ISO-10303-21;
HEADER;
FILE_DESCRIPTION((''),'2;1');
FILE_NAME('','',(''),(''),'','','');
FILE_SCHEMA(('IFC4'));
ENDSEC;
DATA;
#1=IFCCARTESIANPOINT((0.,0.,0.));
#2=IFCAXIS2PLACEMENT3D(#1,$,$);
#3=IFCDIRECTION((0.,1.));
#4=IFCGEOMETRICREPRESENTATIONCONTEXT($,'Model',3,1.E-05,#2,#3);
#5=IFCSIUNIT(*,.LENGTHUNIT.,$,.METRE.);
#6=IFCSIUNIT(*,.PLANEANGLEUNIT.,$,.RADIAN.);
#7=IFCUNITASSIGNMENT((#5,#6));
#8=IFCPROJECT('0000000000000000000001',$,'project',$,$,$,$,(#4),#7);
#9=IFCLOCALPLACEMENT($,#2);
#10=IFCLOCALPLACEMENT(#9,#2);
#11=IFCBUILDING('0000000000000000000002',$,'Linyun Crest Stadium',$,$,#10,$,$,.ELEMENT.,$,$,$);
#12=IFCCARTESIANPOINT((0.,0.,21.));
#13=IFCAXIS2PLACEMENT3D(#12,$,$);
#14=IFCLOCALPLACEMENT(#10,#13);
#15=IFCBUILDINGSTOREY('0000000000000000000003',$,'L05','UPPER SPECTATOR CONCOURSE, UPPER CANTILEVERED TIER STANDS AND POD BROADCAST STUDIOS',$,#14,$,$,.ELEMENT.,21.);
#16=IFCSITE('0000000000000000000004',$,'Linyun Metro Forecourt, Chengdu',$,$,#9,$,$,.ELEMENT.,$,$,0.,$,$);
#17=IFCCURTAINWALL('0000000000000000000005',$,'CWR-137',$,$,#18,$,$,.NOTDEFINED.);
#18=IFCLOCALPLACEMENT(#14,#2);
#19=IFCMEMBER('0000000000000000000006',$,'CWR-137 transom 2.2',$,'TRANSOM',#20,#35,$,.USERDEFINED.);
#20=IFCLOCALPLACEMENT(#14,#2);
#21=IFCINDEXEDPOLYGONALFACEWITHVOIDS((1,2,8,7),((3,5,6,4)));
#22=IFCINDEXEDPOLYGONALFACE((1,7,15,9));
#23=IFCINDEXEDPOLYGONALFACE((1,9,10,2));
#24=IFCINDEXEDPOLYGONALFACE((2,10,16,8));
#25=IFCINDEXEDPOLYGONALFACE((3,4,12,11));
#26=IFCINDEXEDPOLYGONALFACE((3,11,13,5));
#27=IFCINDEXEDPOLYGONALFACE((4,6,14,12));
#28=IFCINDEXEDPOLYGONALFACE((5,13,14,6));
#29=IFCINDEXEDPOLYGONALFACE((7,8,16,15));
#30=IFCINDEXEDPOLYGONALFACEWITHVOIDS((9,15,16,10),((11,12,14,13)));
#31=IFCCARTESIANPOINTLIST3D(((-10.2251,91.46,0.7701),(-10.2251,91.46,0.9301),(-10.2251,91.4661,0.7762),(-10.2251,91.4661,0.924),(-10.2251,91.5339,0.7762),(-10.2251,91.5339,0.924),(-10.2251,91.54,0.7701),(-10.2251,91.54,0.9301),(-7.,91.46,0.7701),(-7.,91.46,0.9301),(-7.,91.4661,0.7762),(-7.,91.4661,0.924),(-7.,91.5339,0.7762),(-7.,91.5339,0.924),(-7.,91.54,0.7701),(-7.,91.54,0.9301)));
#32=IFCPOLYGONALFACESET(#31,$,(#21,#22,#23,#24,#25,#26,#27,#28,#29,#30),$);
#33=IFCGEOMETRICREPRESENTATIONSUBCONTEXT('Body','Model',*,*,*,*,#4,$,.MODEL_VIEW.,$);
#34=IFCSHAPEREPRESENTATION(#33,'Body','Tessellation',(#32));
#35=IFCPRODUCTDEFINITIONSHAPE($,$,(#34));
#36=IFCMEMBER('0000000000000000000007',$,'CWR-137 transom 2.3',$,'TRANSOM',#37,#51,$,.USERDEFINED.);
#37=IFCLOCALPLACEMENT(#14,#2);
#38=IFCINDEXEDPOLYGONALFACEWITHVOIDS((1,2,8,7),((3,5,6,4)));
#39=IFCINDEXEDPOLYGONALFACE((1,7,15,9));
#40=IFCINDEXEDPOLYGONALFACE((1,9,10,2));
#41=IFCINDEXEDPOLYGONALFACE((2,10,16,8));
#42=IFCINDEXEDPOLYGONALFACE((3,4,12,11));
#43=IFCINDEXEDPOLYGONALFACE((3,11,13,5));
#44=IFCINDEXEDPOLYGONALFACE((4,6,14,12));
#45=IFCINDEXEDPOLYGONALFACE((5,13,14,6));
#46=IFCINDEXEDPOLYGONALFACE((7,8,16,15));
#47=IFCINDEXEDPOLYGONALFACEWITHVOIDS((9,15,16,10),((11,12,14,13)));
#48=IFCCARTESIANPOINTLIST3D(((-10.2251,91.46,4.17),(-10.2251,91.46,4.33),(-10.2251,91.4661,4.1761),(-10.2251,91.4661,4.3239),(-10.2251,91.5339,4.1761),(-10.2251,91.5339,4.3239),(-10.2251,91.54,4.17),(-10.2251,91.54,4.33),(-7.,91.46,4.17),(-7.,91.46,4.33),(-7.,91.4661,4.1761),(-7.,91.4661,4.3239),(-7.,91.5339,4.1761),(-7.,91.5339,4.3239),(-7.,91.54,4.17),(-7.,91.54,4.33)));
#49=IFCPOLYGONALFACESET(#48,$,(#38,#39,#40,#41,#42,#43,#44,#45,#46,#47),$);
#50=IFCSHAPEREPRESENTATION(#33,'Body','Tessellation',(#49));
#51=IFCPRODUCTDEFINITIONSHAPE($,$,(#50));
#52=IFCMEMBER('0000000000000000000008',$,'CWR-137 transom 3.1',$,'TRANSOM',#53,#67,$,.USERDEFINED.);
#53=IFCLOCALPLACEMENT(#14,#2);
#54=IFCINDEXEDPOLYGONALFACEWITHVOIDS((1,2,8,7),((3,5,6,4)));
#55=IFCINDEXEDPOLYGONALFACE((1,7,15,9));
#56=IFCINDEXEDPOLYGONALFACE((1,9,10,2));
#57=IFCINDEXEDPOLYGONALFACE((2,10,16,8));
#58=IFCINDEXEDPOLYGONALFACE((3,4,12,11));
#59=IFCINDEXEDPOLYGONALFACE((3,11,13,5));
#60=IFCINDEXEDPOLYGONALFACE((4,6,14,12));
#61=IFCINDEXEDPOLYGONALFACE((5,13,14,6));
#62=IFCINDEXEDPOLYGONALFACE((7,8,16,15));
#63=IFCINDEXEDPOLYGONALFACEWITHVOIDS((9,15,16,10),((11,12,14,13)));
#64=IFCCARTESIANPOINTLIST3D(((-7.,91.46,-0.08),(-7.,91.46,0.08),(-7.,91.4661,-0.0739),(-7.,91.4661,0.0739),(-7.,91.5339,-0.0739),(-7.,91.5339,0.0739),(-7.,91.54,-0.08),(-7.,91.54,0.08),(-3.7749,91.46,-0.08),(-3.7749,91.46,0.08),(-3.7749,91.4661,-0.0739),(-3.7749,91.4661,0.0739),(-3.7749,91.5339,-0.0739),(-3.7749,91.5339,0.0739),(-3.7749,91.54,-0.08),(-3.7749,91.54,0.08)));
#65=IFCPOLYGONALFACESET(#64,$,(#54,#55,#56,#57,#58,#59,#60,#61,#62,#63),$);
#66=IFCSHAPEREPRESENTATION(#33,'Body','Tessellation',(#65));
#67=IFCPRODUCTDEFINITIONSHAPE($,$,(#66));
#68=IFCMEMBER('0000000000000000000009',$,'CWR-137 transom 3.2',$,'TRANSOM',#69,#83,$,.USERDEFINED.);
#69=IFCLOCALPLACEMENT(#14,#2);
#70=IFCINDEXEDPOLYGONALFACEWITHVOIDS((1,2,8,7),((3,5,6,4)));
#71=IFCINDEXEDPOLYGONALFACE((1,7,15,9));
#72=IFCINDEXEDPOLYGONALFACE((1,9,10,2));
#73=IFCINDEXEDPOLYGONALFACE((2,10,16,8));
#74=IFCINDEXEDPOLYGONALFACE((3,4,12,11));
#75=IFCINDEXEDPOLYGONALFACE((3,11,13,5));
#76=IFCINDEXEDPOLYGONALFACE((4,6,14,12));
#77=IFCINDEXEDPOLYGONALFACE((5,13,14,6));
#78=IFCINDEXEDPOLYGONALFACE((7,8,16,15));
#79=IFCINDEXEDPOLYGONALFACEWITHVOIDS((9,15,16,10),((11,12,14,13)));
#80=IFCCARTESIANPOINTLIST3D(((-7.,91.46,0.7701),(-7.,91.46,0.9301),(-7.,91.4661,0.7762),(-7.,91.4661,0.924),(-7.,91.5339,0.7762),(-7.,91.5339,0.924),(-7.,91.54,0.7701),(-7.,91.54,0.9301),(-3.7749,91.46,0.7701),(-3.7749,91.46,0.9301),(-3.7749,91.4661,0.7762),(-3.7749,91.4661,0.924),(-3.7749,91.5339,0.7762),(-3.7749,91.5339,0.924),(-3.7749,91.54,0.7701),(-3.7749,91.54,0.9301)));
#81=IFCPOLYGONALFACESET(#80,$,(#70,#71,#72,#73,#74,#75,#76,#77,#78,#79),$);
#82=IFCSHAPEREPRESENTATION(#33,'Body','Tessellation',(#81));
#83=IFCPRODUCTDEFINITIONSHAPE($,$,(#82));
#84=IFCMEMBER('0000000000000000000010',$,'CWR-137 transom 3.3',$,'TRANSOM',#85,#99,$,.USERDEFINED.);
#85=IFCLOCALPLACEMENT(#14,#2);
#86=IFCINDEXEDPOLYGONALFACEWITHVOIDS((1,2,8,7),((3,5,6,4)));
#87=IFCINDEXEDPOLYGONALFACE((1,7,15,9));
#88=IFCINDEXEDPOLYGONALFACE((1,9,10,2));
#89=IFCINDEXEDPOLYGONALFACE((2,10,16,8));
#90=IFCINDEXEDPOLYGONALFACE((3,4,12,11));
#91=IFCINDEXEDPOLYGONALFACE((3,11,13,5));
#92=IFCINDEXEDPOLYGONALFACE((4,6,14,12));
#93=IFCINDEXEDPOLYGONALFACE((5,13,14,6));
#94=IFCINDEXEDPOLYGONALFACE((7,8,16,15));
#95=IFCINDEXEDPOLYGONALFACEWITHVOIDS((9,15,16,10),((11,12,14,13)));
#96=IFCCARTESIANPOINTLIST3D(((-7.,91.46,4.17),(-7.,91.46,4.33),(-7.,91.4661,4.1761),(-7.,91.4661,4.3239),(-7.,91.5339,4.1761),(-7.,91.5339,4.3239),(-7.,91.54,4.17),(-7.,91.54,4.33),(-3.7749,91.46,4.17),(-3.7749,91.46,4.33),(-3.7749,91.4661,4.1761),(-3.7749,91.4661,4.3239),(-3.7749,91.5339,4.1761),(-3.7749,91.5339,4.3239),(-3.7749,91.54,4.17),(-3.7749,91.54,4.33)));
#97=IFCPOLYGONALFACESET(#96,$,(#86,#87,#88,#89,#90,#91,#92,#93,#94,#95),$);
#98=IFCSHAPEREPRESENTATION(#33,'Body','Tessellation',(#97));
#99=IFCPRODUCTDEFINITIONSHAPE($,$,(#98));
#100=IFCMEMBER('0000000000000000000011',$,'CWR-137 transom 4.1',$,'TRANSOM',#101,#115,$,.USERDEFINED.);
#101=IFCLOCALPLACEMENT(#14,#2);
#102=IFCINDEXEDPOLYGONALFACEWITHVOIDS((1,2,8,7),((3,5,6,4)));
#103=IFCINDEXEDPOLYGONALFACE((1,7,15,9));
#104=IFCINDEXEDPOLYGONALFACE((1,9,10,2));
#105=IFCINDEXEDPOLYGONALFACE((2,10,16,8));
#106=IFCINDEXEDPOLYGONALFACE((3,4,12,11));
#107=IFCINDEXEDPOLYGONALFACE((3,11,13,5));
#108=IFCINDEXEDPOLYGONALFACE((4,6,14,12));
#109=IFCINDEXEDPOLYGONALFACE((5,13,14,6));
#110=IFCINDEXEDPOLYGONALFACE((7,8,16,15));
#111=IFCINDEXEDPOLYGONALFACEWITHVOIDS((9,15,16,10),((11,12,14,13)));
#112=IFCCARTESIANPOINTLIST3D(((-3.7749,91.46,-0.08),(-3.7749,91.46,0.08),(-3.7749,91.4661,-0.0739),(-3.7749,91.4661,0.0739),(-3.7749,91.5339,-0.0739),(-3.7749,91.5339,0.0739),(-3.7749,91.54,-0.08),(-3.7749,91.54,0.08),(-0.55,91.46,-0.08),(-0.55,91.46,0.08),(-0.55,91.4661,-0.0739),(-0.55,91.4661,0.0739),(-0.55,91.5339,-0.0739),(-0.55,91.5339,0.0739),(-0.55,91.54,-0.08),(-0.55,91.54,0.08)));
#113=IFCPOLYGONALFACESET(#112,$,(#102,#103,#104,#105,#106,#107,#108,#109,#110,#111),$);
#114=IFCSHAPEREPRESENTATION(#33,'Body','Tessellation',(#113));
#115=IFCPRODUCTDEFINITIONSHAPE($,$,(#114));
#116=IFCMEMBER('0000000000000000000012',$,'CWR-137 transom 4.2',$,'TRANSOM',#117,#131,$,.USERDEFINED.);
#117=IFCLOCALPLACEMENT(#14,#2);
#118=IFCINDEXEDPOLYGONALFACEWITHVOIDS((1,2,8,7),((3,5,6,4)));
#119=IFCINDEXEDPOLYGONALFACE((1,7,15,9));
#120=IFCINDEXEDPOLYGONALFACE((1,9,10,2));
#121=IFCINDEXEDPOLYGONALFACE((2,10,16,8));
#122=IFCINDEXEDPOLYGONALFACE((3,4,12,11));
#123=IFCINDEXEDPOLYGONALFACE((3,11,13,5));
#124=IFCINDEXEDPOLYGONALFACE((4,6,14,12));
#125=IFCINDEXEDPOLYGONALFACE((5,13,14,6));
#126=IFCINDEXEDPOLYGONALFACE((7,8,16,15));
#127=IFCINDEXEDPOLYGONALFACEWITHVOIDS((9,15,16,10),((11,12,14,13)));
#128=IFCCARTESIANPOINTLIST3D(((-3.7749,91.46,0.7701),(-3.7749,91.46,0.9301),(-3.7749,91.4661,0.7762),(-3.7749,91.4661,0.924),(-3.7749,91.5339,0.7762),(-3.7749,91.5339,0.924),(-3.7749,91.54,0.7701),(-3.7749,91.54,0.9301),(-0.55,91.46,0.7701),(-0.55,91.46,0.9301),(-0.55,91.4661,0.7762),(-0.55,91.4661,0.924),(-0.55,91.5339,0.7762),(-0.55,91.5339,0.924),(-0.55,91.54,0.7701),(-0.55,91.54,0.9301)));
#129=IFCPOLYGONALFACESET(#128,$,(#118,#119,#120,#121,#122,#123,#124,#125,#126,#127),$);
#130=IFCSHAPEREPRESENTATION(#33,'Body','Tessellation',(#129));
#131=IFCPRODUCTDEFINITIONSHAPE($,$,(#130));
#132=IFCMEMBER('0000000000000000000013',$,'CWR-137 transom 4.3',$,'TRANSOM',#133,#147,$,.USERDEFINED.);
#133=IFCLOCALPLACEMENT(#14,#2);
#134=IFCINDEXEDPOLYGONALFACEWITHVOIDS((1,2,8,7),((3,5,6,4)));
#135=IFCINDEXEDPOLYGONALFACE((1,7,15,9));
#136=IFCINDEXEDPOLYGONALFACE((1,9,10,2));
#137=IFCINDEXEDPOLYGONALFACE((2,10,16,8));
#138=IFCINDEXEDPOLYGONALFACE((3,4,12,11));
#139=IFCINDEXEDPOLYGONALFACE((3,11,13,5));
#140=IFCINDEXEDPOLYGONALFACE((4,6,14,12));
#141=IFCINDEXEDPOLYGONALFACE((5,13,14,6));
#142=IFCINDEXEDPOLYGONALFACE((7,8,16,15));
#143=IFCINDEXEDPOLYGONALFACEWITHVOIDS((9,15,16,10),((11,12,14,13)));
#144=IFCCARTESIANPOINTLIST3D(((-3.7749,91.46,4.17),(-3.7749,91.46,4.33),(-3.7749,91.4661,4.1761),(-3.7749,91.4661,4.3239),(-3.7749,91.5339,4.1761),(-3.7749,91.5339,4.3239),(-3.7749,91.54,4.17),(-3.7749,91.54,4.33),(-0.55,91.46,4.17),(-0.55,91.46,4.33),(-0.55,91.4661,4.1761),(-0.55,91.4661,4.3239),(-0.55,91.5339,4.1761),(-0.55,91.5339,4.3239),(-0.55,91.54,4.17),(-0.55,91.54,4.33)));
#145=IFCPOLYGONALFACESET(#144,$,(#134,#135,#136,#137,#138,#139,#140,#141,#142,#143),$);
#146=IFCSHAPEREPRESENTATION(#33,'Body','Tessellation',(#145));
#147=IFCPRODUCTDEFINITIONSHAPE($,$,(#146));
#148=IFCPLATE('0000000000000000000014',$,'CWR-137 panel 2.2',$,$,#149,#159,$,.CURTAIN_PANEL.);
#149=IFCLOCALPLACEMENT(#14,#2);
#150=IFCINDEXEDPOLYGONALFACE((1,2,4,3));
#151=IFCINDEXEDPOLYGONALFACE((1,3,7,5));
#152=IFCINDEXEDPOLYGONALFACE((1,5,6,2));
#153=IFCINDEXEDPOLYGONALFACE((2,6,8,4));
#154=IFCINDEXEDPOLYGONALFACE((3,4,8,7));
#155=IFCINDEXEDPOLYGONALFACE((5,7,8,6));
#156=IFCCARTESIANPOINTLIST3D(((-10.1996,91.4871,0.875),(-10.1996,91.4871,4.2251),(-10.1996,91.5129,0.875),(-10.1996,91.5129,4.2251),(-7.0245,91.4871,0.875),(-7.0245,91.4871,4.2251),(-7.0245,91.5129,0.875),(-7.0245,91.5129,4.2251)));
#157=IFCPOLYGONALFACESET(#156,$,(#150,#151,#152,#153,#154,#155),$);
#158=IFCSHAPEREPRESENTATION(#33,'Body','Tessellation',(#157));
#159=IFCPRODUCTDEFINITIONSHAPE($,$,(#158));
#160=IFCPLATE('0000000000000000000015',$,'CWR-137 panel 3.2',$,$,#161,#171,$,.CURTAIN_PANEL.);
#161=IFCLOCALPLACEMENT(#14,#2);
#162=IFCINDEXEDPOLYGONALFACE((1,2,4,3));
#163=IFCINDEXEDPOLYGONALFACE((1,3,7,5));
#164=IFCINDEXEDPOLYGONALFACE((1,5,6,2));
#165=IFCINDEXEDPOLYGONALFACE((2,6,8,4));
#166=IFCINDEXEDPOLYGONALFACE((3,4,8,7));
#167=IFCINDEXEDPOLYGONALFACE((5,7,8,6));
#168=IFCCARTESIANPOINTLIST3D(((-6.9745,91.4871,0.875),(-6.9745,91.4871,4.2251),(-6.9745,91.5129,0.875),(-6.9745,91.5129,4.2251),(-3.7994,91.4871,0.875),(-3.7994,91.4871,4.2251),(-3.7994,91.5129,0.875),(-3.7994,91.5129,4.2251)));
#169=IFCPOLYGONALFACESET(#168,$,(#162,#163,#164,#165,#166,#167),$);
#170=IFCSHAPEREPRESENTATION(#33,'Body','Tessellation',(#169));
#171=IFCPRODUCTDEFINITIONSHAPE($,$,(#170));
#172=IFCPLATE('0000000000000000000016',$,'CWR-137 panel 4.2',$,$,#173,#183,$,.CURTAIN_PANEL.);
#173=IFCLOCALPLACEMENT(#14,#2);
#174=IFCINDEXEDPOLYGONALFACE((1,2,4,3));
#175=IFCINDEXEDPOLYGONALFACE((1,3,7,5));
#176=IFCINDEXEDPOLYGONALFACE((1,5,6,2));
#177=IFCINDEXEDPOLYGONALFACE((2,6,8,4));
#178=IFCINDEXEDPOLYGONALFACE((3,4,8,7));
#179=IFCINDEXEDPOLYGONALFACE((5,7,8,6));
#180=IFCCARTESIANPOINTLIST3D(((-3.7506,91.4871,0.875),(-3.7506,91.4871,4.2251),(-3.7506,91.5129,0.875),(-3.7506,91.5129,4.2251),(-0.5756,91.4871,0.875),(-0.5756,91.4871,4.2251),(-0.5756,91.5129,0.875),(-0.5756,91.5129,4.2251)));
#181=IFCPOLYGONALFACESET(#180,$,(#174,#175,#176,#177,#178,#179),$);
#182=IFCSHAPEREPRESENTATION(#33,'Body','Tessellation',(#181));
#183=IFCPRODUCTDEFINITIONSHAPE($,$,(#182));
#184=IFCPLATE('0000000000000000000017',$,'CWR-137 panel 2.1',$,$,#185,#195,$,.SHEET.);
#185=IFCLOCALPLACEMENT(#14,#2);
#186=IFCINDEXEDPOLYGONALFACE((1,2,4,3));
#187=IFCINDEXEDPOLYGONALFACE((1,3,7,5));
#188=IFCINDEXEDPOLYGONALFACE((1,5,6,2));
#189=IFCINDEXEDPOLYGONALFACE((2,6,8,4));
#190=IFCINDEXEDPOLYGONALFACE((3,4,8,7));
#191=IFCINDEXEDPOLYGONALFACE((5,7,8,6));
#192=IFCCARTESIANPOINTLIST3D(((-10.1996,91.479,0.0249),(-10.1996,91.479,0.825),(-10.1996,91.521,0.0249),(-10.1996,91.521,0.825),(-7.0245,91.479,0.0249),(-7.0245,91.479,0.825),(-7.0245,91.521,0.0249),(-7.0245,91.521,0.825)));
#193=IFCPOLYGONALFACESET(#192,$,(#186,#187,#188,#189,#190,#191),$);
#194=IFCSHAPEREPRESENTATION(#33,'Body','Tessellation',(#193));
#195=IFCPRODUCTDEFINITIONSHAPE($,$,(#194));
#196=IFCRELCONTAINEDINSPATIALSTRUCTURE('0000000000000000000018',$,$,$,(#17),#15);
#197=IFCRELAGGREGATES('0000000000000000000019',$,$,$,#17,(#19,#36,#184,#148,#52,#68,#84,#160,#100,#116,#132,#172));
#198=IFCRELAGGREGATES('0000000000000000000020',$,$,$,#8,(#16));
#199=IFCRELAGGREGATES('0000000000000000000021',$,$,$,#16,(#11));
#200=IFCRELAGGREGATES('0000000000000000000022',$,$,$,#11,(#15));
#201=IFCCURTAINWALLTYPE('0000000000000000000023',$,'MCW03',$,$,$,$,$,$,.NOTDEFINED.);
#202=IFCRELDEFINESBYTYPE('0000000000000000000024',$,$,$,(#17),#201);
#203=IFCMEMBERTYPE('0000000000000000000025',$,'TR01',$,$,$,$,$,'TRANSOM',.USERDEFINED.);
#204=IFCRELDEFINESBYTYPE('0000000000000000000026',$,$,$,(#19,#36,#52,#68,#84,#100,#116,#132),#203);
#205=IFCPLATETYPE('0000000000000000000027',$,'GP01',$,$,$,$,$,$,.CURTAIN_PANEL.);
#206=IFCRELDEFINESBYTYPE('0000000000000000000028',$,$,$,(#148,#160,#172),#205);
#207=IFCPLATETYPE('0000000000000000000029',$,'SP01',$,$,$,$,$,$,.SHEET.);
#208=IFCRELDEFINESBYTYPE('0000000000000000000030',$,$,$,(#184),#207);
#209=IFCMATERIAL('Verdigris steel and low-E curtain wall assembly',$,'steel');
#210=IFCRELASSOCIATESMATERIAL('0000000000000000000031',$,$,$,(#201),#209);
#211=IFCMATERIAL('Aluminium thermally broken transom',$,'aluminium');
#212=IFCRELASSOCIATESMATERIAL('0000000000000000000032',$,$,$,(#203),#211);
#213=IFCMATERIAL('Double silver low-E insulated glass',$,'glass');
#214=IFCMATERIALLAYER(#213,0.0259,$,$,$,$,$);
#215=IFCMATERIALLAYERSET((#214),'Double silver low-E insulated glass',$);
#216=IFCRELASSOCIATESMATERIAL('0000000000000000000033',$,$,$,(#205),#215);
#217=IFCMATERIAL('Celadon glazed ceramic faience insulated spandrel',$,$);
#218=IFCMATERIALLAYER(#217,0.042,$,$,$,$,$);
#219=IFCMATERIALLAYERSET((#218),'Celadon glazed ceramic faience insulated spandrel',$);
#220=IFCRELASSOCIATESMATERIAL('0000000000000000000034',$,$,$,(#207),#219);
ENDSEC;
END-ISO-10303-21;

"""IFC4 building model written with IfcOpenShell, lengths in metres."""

from ifc_helpers import new_model, si_unit, direction, frame, origin, origin_2d, place, context, subcontext, project, spatial, rectangle, hollow_rectangle, extrude, material, layer, layer_set, material_profile, profile_set, type_object, element, aggregate, save


model = new_model("IFC4")

# Units and contexts
model_context = context("Model", 3, precision=1e-05, world=origin(), true_north=direction((0.0, 1.0)))
body_context = subcontext(model_context, "Body", "Model", "MODEL_VIEW")
ifc_project = project(units=[si_unit("LENGTHUNIT", "METRE"), si_unit("PLANEANGLEUNIT", "RADIAN")], contexts=[model_context])

# Site, building, storey
site_placement = place(None, origin())
site = spatial("IfcSite", under=ifc_project, at=site_placement, Name="Linyun Metro Forecourt, Chengdu", CompositionType="ELEMENT", RefElevation=0.0)
building_placement = place(site_placement, origin())
building = spatial("IfcBuilding", under=site, at=building_placement, Name="Linyun Crest Stadium", CompositionType="ELEMENT")
storey_placement = place(building_placement, frame((0.0, 0.0, 21.0)))
storey = spatial("IfcBuildingStorey", under=building, at=storey_placement, Name="L05", Description="UPPER SPECTATOR CONCOURSE, UPPER CANTILEVERED TIER STANDS AND POD BROADCAST STUDIOS", CompositionType="ELEMENT", Elevation=21.0)

# Curtain wall, members, plates
ifc_material_1 = material(Name="Verdigris steel and low-E curtain wall assembly", Category="steel")
curtain_wall_type = type_object("IfcCurtainWallType", Name="MCW03", PredefinedType="NOTDEFINED", material=ifc_material_1)
curtain_wall_placement = place(storey_placement, origin())
curtain_wall = element("IfcCurtainWall", 1, at=curtain_wall_placement, inside=storey, type_object=curtain_wall_type, Name="CWR-137", PredefinedType="NOTDEFINED")
ifc_material_2 = material(Name="Aluminium thermally broken transom", Category="aluminium")
ifc_material_profile_1 = material_profile(ifc_material_2, hollow_rectangle(XDim=0.0801, YDim=0.1599, WallThickness=0.0061, at=origin_2d()), Name="RHS 160x80x6")
ifc_profile_set_1 = profile_set([ifc_material_profile_1], Name="Aluminium thermally broken transom")
member_type_1 = type_object("IfcMemberType", Name="TR01", ElementType="TRANSOM", PredefinedType="USERDEFINED", material=ifc_profile_set_1)
member_1_placement = place(storey_placement, frame((-10.2251, 91.5, 0.8501), z_axis=(1.0, 0.0, 0.0), x_axis=(0.0, 1.0, 0.0)))
member_1 = element("IfcMember", 2, at=member_1_placement, type_object=member_type_1, Name="CWR-137 transom 2.2", ObjectType="TRANSOM", PredefinedType="USERDEFINED", context=body_context, shape_type="SweptSolid", body=[
    extrude(hollow_rectangle(XDim=0.0801, YDim=0.1599, WallThickness=0.0061, at=origin_2d()), origin(), (0.0, 0.0, 1.0), 3.2251),
])
member_2_placement = place(storey_placement, frame((-10.2251, 91.5, 4.25), z_axis=(1.0, 0.0, 0.0), x_axis=(0.0, 1.0, 0.0)))
member_2 = element("IfcMember", 3, at=member_2_placement, type_object=member_type_1, Name="CWR-137 transom 2.3", ObjectType="TRANSOM", PredefinedType="USERDEFINED", context=body_context, shape_type="SweptSolid", body=[
    extrude(hollow_rectangle(XDim=0.0801, YDim=0.1599, WallThickness=0.0061, at=origin_2d()), origin(), (0.0, 0.0, 1.0), 3.2251),
])
member_3_placement = place(storey_placement, frame((-7.0, 91.5, 0.0), z_axis=(1.0, 0.0, 0.0), x_axis=(0.0, 1.0, 0.0)))
member_3 = element("IfcMember", 4, at=member_3_placement, type_object=member_type_1, Name="CWR-137 transom 3.1", ObjectType="TRANSOM", PredefinedType="USERDEFINED", context=body_context, shape_type="SweptSolid", body=[
    extrude(hollow_rectangle(XDim=0.0801, YDim=0.1599, WallThickness=0.0061, at=origin_2d()), origin(), (0.0, 0.0, 1.0), 3.2251),
])
member_4_placement = place(storey_placement, frame((-7.0, 91.5, 0.8501), z_axis=(1.0, 0.0, 0.0), x_axis=(0.0, 1.0, 0.0)))
member_4 = element("IfcMember", 5, at=member_4_placement, type_object=member_type_1, Name="CWR-137 transom 3.2", ObjectType="TRANSOM", PredefinedType="USERDEFINED", context=body_context, shape_type="SweptSolid", body=[
    extrude(hollow_rectangle(XDim=0.0801, YDim=0.1599, WallThickness=0.0061, at=origin_2d()), origin(), (0.0, 0.0, 1.0), 3.2251),
])
member_5_placement = place(storey_placement, frame((-7.0, 91.5, 4.25), z_axis=(1.0, 0.0, 0.0), x_axis=(0.0, 1.0, 0.0)))
member_5 = element("IfcMember", 6, at=member_5_placement, type_object=member_type_1, Name="CWR-137 transom 3.3", ObjectType="TRANSOM", PredefinedType="USERDEFINED", context=body_context, shape_type="SweptSolid", body=[
    extrude(hollow_rectangle(XDim=0.0801, YDim=0.1599, WallThickness=0.0061, at=origin_2d()), origin(), (0.0, 0.0, 1.0), 3.2251),
])
member_6_placement = place(storey_placement, frame((-3.7749, 91.5, 0.0), z_axis=(1.0, 0.0, 0.0), x_axis=(0.0, 1.0, 0.0)))
member_6 = element("IfcMember", 7, at=member_6_placement, type_object=member_type_1, Name="CWR-137 transom 4.1", ObjectType="TRANSOM", PredefinedType="USERDEFINED", context=body_context, shape_type="SweptSolid", body=[
    extrude(hollow_rectangle(XDim=0.0801, YDim=0.1599, WallThickness=0.0061, at=origin_2d()), origin(), (0.0, 0.0, 1.0), 3.2249),
])
member_7_placement = place(storey_placement, frame((-3.7749, 91.5, 0.8501), z_axis=(1.0, 0.0, 0.0), x_axis=(0.0, 1.0, 0.0)))
member_7 = element("IfcMember", 8, at=member_7_placement, type_object=member_type_1, Name="CWR-137 transom 4.2", ObjectType="TRANSOM", PredefinedType="USERDEFINED", context=body_context, shape_type="SweptSolid", body=[
    extrude(hollow_rectangle(XDim=0.0801, YDim=0.1599, WallThickness=0.0061, at=origin_2d()), origin(), (0.0, 0.0, 1.0), 3.2249),
])
member_8_placement = place(storey_placement, frame((-3.7749, 91.5, 4.25), z_axis=(1.0, 0.0, 0.0), x_axis=(0.0, 1.0, 0.0)))
member_8 = element("IfcMember", 9, at=member_8_placement, type_object=member_type_1, Name="CWR-137 transom 4.3", ObjectType="TRANSOM", PredefinedType="USERDEFINED", context=body_context, shape_type="SweptSolid", body=[
    extrude(hollow_rectangle(XDim=0.0801, YDim=0.1599, WallThickness=0.0061, at=origin_2d()), origin(), (0.0, 0.0, 1.0), 3.2249),
])
ifc_material_3 = material(Name="Double silver low-E insulated glass", Category="glass")
ifc_layer_1 = layer(ifc_material_3, 0.0259)
ifc_layer_set_1 = layer_set([ifc_layer_1], Name="Double silver low-E insulated glass")
plate_type_1 = type_object("IfcPlateType", Name="GP01", PredefinedType="CURTAIN_PANEL", material=ifc_layer_set_1)
plate_1_placement = place(storey_placement, frame((-8.6121, 91.5, 0.875), z_axis=(0.0, 0.0, 1.0), x_axis=(1.0, 0.0, 0.0)))
plate_1 = element("IfcPlate", 10, at=plate_1_placement, type_object=plate_type_1, Name="CWR-137 panel 2.2", PredefinedType="CURTAIN_PANEL", context=body_context, shape_type="SweptSolid", body=[
    extrude(rectangle(XDim=3.175, YDim=0.0259, at=origin_2d()), origin(), (0.0, 0.0, 1.0), 3.3501),
])
plate_2_placement = place(storey_placement, frame((-5.387, 91.5, 0.875), z_axis=(0.0, 0.0, 1.0), x_axis=(1.0, 0.0, 0.0)))
plate_2 = element("IfcPlate", 11, at=plate_2_placement, type_object=plate_type_1, Name="CWR-137 panel 3.2", PredefinedType="CURTAIN_PANEL", context=body_context, shape_type="SweptSolid", body=[
    extrude(rectangle(XDim=3.175, YDim=0.0259, at=origin_2d()), origin(), (0.0, 0.0, 1.0), 3.3501),
])
plate_3_placement = place(storey_placement, frame((-2.1631, 91.5, 0.875), z_axis=(0.0, 0.0, 1.0), x_axis=(1.0, 0.0, 0.0)))
plate_3 = element("IfcPlate", 12, at=plate_3_placement, type_object=plate_type_1, Name="CWR-137 panel 4.2", PredefinedType="CURTAIN_PANEL", context=body_context, shape_type="SweptSolid", body=[
    extrude(rectangle(XDim=3.175, YDim=0.0259, at=origin_2d()), origin(), (0.0, 0.0, 1.0), 3.3501),
])
ifc_material_4 = material(Name="Celadon glazed ceramic faience insulated spandrel")
ifc_layer_2 = layer(ifc_material_4, 0.042)
ifc_layer_set_2 = layer_set([ifc_layer_2], Name="Celadon glazed ceramic faience insulated spandrel")
plate_type_2 = type_object("IfcPlateType", Name="SP01", PredefinedType="SHEET", material=ifc_layer_set_2)
plate_4_placement = place(storey_placement, frame((-8.6121, 91.5, 0.0249), z_axis=(0.0, 0.0, 1.0), x_axis=(1.0, 0.0, 0.0)))
plate_4 = element("IfcPlate", 13, at=plate_4_placement, type_object=plate_type_2, Name="CWR-137 panel 2.1", PredefinedType="SHEET", context=body_context, shape_type="SweptSolid", body=[
    extrude(rectangle(XDim=3.175, YDim=0.042, at=origin_2d()), origin(), (0.0, 0.0, 1.0), 0.8),
])
aggregate(curtain_wall, [member_1, member_2, plate_4, plate_1, member_3, member_4, member_5, plate_2, member_6, member_7, member_8, plate_3])

save(model, "model.ifc")
